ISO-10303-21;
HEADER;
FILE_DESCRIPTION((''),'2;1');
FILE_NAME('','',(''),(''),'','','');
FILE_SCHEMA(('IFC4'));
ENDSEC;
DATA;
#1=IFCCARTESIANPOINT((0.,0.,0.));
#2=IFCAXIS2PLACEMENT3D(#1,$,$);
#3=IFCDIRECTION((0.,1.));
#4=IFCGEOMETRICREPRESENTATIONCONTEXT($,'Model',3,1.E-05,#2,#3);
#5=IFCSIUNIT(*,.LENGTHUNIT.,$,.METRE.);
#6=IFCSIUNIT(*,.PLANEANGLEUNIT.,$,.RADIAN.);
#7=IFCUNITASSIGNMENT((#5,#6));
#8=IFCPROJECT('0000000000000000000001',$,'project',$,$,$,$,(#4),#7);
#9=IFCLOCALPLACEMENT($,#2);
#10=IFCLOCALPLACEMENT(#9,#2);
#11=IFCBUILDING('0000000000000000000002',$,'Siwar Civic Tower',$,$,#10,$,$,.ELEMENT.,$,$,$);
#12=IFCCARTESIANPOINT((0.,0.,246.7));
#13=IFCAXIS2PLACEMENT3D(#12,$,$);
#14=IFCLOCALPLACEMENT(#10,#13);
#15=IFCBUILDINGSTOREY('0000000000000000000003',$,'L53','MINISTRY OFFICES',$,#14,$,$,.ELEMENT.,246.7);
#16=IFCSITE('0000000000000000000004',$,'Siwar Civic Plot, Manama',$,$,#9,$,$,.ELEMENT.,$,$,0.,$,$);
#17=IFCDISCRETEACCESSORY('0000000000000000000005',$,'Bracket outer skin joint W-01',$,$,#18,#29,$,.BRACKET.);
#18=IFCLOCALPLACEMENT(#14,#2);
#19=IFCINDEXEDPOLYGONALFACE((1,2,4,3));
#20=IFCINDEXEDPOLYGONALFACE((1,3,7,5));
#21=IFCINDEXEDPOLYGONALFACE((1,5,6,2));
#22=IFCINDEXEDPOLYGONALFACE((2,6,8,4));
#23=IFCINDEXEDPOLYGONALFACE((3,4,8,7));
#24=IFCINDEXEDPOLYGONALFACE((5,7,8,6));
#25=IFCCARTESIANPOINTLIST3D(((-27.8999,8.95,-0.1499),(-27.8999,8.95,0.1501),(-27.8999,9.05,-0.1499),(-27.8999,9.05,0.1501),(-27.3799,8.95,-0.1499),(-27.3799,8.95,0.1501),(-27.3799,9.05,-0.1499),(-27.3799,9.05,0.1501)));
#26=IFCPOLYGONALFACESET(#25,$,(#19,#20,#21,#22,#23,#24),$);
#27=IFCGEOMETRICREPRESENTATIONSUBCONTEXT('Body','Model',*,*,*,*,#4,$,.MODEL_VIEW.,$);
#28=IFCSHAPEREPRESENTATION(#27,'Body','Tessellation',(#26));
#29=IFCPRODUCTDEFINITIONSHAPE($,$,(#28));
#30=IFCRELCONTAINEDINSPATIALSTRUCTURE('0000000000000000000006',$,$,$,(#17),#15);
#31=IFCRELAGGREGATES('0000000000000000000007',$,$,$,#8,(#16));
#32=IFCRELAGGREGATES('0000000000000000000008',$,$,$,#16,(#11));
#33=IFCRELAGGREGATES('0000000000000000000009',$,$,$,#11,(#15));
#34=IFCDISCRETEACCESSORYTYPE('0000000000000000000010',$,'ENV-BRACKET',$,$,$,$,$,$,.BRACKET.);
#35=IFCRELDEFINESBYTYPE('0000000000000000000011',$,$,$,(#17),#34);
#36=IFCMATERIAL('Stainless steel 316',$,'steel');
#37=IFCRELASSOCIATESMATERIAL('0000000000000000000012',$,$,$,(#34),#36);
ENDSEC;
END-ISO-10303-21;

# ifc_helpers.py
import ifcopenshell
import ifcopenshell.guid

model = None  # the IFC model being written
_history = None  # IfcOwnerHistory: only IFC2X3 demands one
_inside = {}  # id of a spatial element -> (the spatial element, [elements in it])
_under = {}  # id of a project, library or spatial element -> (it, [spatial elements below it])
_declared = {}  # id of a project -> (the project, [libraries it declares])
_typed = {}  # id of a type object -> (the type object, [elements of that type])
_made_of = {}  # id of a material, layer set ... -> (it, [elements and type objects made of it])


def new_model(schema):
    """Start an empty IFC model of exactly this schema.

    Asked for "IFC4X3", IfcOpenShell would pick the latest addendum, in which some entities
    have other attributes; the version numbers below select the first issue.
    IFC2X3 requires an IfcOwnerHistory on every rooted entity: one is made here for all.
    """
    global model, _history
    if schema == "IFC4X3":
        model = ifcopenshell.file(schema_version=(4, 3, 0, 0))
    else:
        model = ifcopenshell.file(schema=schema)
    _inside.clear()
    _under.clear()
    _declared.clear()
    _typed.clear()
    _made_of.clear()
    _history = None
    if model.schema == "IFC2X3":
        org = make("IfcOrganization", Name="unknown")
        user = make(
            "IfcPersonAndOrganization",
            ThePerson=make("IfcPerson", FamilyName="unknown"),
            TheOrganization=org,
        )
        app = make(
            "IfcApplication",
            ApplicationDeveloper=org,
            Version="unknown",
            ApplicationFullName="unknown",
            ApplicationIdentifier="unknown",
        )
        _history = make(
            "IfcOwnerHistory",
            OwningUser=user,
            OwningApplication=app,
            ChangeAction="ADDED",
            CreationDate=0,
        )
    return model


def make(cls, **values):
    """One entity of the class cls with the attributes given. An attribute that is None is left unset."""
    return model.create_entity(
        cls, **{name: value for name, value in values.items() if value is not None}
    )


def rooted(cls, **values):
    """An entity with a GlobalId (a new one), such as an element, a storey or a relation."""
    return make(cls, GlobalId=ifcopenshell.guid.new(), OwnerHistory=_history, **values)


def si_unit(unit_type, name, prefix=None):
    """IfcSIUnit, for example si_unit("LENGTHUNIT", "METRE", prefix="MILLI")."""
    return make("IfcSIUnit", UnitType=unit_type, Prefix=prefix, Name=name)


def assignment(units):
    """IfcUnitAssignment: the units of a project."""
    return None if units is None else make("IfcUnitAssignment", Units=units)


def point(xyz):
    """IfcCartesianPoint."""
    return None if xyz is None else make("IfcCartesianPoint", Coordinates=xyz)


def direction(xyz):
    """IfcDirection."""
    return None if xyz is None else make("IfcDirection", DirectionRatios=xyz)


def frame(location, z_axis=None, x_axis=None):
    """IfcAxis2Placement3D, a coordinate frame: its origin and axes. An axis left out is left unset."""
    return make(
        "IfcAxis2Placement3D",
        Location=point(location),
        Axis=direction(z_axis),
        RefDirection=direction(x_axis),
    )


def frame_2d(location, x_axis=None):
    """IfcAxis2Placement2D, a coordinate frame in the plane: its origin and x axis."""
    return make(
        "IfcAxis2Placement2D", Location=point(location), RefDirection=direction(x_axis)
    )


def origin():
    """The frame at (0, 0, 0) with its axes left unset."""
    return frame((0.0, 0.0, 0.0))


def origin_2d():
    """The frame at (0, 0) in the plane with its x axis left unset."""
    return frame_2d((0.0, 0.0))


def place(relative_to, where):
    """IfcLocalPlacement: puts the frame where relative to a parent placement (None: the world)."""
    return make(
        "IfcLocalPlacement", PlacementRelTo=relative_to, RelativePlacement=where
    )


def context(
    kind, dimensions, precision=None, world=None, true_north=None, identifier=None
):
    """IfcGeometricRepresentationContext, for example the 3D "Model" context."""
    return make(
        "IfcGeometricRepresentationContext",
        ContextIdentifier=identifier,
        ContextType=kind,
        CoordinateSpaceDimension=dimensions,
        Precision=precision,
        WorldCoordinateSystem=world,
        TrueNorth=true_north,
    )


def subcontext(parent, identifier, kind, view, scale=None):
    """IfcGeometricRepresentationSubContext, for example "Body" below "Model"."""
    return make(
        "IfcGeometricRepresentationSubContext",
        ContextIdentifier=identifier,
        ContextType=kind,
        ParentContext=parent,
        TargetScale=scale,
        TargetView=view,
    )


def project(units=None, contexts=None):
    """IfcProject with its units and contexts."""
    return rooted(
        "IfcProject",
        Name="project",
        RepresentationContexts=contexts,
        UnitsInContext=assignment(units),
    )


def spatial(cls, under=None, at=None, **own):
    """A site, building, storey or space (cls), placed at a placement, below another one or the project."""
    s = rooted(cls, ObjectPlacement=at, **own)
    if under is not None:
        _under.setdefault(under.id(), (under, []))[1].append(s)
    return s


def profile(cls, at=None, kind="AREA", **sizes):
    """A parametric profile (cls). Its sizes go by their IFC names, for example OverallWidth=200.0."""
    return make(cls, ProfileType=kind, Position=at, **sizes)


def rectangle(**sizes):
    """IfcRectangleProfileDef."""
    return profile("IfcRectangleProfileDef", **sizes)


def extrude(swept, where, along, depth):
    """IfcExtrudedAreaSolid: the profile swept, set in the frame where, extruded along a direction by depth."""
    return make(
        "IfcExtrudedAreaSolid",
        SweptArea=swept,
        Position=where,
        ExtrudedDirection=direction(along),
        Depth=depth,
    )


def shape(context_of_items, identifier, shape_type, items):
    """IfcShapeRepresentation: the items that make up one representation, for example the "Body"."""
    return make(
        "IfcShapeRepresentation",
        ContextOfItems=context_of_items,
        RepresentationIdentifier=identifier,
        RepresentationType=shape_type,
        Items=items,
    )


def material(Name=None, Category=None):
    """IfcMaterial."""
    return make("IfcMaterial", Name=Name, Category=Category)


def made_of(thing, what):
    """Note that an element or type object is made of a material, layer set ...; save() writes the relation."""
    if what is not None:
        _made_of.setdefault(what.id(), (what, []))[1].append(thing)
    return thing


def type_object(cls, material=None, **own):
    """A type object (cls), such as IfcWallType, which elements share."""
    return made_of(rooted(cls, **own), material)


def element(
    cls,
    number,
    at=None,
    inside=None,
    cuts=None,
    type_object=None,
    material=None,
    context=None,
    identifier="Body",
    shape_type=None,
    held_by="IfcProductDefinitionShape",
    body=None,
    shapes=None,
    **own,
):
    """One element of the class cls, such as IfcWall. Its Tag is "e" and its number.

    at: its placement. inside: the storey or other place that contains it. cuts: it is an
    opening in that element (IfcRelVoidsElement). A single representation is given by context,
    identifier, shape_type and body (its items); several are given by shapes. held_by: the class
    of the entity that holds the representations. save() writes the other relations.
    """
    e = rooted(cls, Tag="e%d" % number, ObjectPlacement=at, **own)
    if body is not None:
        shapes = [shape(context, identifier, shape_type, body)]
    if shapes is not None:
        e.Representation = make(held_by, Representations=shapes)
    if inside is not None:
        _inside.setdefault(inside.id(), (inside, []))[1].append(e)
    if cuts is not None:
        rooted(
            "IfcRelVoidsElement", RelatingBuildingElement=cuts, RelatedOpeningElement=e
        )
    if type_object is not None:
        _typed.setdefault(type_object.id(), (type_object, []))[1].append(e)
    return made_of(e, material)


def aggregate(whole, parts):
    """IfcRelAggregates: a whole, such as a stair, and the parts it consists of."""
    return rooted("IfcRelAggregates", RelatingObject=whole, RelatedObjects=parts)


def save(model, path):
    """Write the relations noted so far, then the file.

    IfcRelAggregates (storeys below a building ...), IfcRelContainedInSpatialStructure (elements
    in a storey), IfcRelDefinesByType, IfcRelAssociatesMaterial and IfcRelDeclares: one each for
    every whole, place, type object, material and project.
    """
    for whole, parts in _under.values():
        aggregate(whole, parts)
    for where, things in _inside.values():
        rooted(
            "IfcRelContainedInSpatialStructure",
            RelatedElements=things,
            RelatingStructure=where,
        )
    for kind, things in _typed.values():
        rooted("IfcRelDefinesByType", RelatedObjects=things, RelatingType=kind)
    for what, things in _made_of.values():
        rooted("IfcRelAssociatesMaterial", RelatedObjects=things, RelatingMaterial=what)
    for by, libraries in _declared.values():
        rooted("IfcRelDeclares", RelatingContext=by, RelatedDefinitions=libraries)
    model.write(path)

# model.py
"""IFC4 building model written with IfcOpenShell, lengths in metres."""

from ifc_helpers import new_model, si_unit, direction, frame, origin, origin_2d, place, context, subcontext, project, spatial, rectangle, extrude, material, type_object, element, save


model = new_model("IFC4")

# Units and contexts
model_context = context("Model", 3, precision=1e-05, world=origin(), true_north=direction((0.0, 1.0)))
body_context = subcontext(model_context, "Body", "Model", "MODEL_VIEW")
ifc_project = project(units=[si_unit("LENGTHUNIT", "METRE"), si_unit("PLANEANGLEUNIT", "RADIAN")], contexts=[model_context])

# Site, building, storey
site_placement = place(None, origin())
site = spatial("IfcSite", under=ifc_project, at=site_placement, Name="Siwar Civic Plot, Manama", CompositionType="ELEMENT", RefElevation=0.0)
building_placement = place(site_placement, origin())
building = spatial("IfcBuilding", under=site, at=building_placement, Name="Siwar Civic Tower", CompositionType="ELEMENT")
storey_placement = place(building_placement, frame((0.0, 0.0, 246.7)))
storey = spatial("IfcBuildingStorey", under=building, at=storey_placement, Name="L53", Description="MINISTRY OFFICES", CompositionType="ELEMENT", Elevation=246.7)

# Discrete accessory
ifc_material_1 = material(Name="Stainless steel 316", Category="steel")
discrete_accessory_type = type_object("IfcDiscreteAccessoryType", Name="ENV-BRACKET", PredefinedType="BRACKET", material=ifc_material_1)
discrete_accessory_placement = place(storey_placement, frame((-27.6399, 9.0, -0.1499), z_axis=(0.0, 0.0, 1.0), x_axis=(-1.0, 0.0, 0.0)))
element("IfcDiscreteAccessory", 1, at=discrete_accessory_placement, inside=storey, type_object=discrete_accessory_type, Name="Bracket outer skin joint W-01", PredefinedType="BRACKET", context=body_context, shape_type="SweptSolid", body=[
    extrude(rectangle(XDim=0.52, YDim=0.1001, at=origin_2d()), origin(), (0.0, 0.0, 1.0), 0.3),
])

save(model, "model.ifc")
